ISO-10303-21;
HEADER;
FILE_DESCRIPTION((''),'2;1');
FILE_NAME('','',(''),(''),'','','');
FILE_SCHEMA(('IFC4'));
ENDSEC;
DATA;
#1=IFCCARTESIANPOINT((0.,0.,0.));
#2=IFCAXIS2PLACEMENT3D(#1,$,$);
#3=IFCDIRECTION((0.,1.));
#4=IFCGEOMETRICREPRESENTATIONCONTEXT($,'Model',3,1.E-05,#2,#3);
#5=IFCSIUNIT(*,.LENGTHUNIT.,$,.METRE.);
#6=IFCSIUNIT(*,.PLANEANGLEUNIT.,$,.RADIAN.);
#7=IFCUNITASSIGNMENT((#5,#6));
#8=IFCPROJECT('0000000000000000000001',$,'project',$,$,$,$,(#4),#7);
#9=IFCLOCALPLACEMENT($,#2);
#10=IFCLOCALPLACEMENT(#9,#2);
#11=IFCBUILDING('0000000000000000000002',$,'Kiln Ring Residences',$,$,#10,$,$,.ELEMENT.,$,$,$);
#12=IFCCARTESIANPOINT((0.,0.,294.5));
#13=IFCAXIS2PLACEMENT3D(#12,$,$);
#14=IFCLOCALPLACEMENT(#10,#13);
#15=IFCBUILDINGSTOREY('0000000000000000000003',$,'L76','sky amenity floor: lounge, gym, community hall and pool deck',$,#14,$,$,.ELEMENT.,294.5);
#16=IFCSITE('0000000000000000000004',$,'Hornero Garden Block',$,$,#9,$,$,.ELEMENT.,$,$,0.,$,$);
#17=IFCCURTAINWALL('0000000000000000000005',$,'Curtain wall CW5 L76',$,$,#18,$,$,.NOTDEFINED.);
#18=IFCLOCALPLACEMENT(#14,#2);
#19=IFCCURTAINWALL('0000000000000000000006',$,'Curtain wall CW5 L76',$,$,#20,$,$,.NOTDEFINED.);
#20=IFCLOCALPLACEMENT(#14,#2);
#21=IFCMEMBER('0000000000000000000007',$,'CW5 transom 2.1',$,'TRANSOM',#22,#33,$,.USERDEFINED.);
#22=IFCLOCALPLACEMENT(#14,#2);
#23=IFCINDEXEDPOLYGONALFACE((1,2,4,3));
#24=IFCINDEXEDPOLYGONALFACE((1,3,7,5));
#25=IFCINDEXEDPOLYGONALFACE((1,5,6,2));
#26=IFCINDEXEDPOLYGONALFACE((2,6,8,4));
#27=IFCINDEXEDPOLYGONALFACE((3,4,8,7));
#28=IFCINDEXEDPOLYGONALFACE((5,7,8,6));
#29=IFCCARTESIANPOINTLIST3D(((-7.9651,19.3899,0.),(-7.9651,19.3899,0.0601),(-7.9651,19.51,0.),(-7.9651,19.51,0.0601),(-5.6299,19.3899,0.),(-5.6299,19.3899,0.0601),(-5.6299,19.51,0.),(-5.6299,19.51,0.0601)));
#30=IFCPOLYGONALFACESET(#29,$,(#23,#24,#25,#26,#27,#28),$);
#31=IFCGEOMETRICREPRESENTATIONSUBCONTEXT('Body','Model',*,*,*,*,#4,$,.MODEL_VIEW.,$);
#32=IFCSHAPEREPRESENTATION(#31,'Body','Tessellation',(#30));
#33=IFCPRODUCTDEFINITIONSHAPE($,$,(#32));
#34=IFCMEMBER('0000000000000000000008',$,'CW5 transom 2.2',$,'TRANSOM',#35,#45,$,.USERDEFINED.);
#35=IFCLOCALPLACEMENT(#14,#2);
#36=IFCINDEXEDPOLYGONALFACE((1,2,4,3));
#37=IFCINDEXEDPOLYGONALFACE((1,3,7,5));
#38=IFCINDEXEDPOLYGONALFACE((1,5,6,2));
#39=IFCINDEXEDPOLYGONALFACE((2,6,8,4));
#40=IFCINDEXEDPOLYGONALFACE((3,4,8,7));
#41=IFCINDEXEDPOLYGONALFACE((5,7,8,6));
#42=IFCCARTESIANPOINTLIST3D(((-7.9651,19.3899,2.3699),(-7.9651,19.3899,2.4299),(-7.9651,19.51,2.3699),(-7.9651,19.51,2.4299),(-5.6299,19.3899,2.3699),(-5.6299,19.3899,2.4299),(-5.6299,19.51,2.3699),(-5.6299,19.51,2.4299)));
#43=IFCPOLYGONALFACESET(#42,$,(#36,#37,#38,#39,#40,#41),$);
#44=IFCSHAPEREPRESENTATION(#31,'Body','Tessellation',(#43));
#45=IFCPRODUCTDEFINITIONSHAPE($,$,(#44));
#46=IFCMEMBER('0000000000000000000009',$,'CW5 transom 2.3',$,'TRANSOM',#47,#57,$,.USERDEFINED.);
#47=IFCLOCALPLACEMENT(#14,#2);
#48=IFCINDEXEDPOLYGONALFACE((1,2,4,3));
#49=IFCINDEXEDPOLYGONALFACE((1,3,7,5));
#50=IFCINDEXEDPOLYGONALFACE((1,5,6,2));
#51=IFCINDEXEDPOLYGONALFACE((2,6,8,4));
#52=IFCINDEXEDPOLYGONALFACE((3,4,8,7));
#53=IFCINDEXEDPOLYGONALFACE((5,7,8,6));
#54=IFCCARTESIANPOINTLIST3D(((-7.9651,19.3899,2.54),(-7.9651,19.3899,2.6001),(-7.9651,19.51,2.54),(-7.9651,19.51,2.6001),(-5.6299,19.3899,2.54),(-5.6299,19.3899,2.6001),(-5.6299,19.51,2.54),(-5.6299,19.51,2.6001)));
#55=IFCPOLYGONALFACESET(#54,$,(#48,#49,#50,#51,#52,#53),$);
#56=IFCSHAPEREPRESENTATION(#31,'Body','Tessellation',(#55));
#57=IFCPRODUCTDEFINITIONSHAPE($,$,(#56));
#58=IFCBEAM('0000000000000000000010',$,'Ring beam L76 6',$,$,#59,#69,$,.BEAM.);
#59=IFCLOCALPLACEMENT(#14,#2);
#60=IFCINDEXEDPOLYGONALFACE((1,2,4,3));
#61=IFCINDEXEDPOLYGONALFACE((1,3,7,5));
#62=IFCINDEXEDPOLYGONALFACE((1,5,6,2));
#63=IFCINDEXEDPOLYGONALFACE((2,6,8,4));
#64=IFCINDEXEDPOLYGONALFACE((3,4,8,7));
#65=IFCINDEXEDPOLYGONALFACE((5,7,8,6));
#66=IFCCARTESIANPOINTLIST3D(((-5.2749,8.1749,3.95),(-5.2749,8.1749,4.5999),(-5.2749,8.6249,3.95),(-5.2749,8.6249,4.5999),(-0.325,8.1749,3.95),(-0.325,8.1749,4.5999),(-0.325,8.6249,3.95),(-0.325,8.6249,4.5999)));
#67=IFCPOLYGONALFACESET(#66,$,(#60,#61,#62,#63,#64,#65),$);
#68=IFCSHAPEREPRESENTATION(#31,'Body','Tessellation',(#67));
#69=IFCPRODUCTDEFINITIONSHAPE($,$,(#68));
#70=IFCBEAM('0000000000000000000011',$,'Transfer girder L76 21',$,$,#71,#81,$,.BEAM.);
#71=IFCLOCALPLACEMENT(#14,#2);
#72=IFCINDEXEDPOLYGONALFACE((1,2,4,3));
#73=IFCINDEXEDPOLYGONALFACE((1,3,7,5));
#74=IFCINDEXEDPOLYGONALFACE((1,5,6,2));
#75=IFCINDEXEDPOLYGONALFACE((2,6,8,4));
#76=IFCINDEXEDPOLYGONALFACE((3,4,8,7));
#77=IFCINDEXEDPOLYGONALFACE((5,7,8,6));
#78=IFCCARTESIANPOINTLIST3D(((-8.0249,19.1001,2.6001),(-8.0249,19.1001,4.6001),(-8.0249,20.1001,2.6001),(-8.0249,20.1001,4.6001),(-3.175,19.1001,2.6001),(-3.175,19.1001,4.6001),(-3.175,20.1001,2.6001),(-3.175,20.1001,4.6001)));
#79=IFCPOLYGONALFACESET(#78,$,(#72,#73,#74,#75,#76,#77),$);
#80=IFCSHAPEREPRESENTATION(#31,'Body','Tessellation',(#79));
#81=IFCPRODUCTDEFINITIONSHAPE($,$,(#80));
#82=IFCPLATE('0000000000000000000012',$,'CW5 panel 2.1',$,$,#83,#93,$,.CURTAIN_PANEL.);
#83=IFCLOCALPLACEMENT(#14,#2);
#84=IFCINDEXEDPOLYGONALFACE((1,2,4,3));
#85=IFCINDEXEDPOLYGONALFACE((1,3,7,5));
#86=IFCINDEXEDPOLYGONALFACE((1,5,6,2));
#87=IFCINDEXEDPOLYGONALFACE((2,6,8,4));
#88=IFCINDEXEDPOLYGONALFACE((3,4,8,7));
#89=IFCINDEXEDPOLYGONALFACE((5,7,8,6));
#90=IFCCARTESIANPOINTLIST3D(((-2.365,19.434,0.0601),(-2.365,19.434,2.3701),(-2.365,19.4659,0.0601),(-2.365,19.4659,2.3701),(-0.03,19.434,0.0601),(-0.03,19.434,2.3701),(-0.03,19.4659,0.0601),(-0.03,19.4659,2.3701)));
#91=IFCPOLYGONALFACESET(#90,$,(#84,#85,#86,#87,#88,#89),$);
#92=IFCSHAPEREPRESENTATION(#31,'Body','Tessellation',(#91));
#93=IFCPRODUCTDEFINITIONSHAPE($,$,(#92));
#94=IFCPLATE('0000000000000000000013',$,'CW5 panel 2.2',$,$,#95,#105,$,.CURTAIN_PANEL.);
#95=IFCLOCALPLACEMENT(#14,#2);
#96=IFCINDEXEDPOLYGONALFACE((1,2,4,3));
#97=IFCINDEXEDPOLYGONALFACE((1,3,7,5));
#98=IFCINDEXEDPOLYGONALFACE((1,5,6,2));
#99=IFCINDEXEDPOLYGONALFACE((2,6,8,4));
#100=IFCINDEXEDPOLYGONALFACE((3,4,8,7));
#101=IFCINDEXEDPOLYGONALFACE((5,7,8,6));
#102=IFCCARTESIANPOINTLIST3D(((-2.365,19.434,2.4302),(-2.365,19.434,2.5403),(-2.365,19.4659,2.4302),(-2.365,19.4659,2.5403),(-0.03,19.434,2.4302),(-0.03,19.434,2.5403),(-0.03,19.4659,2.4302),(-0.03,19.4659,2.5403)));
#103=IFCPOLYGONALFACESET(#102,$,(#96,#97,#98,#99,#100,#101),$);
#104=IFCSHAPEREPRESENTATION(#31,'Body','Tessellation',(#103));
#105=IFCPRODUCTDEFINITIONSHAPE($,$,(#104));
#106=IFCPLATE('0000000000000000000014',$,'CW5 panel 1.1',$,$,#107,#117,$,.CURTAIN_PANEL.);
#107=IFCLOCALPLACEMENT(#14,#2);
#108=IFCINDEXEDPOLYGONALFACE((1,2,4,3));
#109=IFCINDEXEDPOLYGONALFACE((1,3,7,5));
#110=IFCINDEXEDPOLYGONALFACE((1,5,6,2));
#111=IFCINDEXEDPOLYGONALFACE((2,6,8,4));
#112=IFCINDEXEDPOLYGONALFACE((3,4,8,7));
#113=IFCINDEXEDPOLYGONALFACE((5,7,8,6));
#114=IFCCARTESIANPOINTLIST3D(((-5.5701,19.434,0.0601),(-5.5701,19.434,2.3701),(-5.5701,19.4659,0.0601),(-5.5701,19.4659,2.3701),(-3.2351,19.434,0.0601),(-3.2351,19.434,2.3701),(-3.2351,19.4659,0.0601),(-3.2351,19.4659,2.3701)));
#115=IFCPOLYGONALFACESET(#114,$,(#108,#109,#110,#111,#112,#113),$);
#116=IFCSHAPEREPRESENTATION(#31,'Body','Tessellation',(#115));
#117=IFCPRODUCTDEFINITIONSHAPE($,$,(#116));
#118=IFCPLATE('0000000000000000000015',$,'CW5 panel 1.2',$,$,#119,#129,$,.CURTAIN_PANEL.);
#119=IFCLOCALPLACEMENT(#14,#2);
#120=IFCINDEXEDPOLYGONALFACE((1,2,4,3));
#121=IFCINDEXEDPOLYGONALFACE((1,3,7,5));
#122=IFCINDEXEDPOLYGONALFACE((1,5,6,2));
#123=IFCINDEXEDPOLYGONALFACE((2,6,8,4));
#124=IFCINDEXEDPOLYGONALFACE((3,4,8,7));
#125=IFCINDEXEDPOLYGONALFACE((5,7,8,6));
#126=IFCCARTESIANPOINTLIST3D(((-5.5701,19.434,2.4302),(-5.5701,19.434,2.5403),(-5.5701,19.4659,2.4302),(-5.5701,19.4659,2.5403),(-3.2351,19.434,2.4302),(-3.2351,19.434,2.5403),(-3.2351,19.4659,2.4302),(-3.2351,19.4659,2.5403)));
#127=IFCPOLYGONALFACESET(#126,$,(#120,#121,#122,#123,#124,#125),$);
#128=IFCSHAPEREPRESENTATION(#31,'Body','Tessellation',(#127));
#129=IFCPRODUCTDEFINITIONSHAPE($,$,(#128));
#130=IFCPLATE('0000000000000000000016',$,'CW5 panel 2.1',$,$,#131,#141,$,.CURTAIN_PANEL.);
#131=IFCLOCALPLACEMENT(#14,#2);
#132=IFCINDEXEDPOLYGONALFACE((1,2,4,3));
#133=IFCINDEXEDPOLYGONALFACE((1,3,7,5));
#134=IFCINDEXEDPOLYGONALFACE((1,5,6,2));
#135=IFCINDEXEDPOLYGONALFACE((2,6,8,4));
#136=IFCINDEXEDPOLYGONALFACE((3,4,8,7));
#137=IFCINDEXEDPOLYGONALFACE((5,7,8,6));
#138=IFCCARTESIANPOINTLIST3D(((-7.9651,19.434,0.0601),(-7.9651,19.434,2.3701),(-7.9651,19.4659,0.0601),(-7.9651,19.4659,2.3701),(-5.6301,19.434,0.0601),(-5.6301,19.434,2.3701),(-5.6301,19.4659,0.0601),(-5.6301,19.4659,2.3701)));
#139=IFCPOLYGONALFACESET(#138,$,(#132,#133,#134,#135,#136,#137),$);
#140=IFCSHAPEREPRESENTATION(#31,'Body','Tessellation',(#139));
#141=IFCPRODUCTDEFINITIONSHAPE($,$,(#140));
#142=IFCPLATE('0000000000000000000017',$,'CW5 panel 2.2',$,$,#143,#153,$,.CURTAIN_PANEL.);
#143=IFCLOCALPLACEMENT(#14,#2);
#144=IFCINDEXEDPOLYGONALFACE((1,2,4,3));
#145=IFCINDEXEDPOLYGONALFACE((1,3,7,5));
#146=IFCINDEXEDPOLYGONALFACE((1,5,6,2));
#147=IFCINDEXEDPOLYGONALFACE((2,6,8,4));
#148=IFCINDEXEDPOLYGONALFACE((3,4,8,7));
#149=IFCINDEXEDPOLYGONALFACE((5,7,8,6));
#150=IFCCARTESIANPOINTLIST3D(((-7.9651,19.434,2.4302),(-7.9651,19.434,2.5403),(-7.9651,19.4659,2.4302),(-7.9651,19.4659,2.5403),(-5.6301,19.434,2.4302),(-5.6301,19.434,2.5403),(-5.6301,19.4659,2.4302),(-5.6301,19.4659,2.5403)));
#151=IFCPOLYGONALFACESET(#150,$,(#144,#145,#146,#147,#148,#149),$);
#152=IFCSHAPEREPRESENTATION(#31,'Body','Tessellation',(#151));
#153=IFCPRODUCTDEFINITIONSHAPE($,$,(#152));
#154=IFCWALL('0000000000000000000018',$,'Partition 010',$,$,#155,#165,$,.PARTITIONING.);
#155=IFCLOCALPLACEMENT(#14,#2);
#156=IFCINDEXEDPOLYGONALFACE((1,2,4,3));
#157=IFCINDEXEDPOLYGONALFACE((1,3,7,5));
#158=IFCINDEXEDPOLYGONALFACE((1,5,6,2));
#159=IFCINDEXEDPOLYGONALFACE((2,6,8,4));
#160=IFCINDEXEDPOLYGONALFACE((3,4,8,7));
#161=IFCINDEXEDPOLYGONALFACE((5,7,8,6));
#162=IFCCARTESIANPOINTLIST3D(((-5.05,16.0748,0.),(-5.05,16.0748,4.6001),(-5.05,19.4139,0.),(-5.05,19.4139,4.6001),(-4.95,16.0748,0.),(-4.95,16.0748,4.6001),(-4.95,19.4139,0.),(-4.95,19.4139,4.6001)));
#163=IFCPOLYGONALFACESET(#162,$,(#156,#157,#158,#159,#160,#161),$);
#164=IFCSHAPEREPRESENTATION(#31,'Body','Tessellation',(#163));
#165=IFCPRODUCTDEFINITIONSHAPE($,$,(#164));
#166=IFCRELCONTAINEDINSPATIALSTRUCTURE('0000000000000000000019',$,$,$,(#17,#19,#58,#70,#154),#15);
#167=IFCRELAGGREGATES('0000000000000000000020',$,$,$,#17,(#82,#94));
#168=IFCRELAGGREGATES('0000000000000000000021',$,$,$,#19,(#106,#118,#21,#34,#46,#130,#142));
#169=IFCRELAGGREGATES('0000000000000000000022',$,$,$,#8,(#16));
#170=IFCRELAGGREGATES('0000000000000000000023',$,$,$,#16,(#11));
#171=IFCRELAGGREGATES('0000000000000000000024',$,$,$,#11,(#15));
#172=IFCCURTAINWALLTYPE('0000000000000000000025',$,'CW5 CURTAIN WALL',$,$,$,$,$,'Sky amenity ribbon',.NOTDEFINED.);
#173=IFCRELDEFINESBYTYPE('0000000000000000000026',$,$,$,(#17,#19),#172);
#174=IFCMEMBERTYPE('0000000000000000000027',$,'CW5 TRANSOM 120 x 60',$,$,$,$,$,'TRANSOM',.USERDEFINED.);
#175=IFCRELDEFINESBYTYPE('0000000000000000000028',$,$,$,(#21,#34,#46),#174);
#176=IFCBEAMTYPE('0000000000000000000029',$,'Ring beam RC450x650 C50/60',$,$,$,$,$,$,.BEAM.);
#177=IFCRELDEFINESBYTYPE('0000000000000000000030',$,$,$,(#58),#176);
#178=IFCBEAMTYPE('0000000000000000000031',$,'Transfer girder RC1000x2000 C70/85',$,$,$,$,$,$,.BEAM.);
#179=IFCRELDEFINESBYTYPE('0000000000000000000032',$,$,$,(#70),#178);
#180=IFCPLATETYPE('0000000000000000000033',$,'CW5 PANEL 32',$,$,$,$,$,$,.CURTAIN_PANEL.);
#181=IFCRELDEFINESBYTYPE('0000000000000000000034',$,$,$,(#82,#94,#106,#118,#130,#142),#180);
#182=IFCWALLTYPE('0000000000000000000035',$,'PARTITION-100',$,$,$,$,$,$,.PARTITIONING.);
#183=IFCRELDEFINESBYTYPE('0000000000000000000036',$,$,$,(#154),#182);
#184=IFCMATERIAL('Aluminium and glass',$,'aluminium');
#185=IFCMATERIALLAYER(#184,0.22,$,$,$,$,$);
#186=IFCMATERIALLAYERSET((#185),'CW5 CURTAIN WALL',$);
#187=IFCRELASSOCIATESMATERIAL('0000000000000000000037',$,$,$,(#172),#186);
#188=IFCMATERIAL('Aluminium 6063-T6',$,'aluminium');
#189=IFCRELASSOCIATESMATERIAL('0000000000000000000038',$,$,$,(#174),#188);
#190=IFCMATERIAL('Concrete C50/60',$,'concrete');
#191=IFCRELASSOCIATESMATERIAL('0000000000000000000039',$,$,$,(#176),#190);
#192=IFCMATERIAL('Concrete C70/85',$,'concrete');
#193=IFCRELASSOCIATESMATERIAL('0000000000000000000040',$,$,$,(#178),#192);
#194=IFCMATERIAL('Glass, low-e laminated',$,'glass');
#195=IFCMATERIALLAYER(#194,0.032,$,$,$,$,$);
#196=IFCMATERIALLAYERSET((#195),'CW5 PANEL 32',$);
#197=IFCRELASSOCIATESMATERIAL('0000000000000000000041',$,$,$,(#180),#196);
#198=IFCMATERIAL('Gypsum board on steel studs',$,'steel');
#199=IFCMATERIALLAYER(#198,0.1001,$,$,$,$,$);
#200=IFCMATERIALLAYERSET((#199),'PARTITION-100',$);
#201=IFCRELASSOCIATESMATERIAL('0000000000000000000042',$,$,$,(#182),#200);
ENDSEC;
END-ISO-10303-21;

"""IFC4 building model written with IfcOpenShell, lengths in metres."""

from ifc_helpers import new_model, si_unit, direction, frame, frame_2d, origin, origin_2d, place, context, subcontext, project, spatial, rectangle, extrude, material, layer, layer_set, material_profile, profile_set, type_object, element, aggregate, save


model = new_model("IFC4")

# Units and contexts
model_context = context("Model", 3, precision=1e-05, world=origin(), true_north=direction((0.0, 1.0)))
body_context = subcontext(model_context, "Body", "Model", "MODEL_VIEW")
ifc_project = project(units=[si_unit("LENGTHUNIT", "METRE"), si_unit("PLANEANGLEUNIT", "RADIAN")], contexts=[model_context])

# Site, building, storey
site_placement = place(None, origin())
site = spatial("IfcSite", under=ifc_project, at=site_placement, Name="Hornero Garden Block", CompositionType="ELEMENT", RefElevation=0.0)
building_placement = place(site_placement, origin())
building = spatial("IfcBuilding", under=site, at=building_placement, Name="Kiln Ring Residences", CompositionType="ELEMENT")
storey_placement = place(building_placement, frame((0.0, 0.0, 294.5)))
storey = spatial("IfcBuildingStorey", under=building, at=storey_placement, Name="L76", Description="sky amenity floor: lounge, gym, community hall and pool deck", CompositionType="ELEMENT", Elevation=294.5)

# Curtain wall
ifc_material_1 = material(Name="Aluminium and glass", Category="aluminium")
ifc_layer_1 = layer(ifc_material_1, 0.22)
ifc_layer_set_1 = layer_set([ifc_layer_1], Name="CW5 CURTAIN WALL")
curtain_wall_type = type_object("IfcCurtainWallType", Name="CW5 CURTAIN WALL", ElementType="Sky amenity ribbon", PredefinedType="NOTDEFINED", material=ifc_layer_set_1)
placement = place(storey_placement, origin())
curtain_wall_1 = element("IfcCurtainWall", 1, at=placement, inside=storey, type_object=curtain_wall_type, Name="Curtain wall CW5 L76", PredefinedType="NOTDEFINED")

# Curtain wall
curtain_wall_2 = element("IfcCurtainWall", 2, at=placement, inside=storey, type_object=curtain_wall_type, Name="Curtain wall CW5 L76", PredefinedType="NOTDEFINED")

# Members
ifc_material_2 = material(Name="Aluminium 6063-T6", Category="aluminium")
ifc_material_profile_1 = material_profile(ifc_material_2, rectangle(XDim=0.1201, YDim=0.0601, at=origin_2d()), Name="AL 120x60")
ifc_profile_set_1 = profile_set([ifc_material_profile_1], Name="Aluminium 6063-T6")
member_type_1 = type_object("IfcMemberType", Name="CW5 TRANSOM 120 x 60", ElementType="TRANSOM", PredefinedType="USERDEFINED", material=ifc_profile_set_1)
member_1_placement = place(storey_placement, frame((-5.6299, 19.45, 0.03), z_axis=(-1.0, 0.0, 0.0), x_axis=(0.0, -1.0, 0.0)))
member_1 = element("IfcMember", 3, at=member_1_placement, type_object=member_type_1, Name="CW5 transom 2.1", ObjectType="TRANSOM", PredefinedType="USERDEFINED", context=body_context, shape_type="SweptSolid", body=[
    extrude(rectangle(XDim=0.1201, YDim=0.0601, at=origin_2d()), origin(), (0.0, 0.0, 1.0), 2.3352),
])
member_2_placement = place(storey_placement, frame((-5.6299, 19.45, 2.3999), z_axis=(-1.0, 0.0, 0.0), x_axis=(0.0, -1.0, 0.0)))
member_2 = element("IfcMember", 4, at=member_2_placement, type_object=member_type_1, Name="CW5 transom 2.2", ObjectType="TRANSOM", PredefinedType="USERDEFINED", context=body_context, shape_type="SweptSolid", body=[
    extrude(rectangle(XDim=0.1201, YDim=0.0601, at=origin_2d()), origin(), (0.0, 0.0, 1.0), 2.3352),
])
member_3_placement = place(storey_placement, frame((-5.6299, 19.45, 2.5701), z_axis=(-1.0, 0.0, 0.0), x_axis=(0.0, -1.0, 0.0)))
member_3 = element("IfcMember", 5, at=member_3_placement, type_object=member_type_1, Name="CW5 transom 2.3", ObjectType="TRANSOM", PredefinedType="USERDEFINED", context=body_context, shape_type="SweptSolid", body=[
    extrude(rectangle(XDim=0.1201, YDim=0.0601, at=origin_2d()), origin(), (0.0, 0.0, 1.0), 2.3352),
])

# Beams
ifc_material_3 = material(Name="Concrete C50/60", Category="concrete")
ifc_material_profile_2 = material_profile(ifc_material_3, rectangle(XDim=0.45, YDim=0.6499, at=origin_2d()), Name="RC450x650")
ifc_profile_set_2 = profile_set([ifc_material_profile_2], Name="Concrete C50/60")
beam_type_1 = type_object("IfcBeamType", Name="Ring beam RC450x650 C50/60", PredefinedType="BEAM", material=ifc_profile_set_2)
beam_1_placement = place(storey_placement, frame((-5.2749, 8.3999, 4.2749), z_axis=(1.0, 0.0, 0.0), x_axis=(0.0, 1.0, 0.0)))
element("IfcBeam", 6, at=beam_1_placement, inside=storey, type_object=beam_type_1, Name="Ring beam L76 6", PredefinedType="BEAM", context=body_context, shape_type="SweptSolid", body=[
    extrude(rectangle(XDim=0.45, YDim=0.6499, at=origin_2d()), origin(), (0.0, 0.0, 1.0), 4.95),
])
ifc_material_4 = material(Name="Concrete C70/85", Category="concrete")
ifc_material_profile_3 = material_profile(ifc_material_4, rectangle(XDim=1.0, YDim=2.0, at=origin_2d()), Name="RC1000x2000")
ifc_profile_set_3 = profile_set([ifc_material_profile_3], Name="Concrete C70/85")
beam_type_2 = type_object("IfcBeamType", Name="Transfer girder RC1000x2000 C70/85", PredefinedType="BEAM", material=ifc_profile_set_3)
beam_2_placement = place(storey_placement, frame((-3.175, 19.6001, 3.6001), z_axis=(-1.0, 0.0, 0.0), x_axis=(0.0, -1.0, 0.0)))
element("IfcBeam", 7, at=beam_2_placement, inside=storey, type_object=beam_type_2, Name="Transfer girder L76 21", PredefinedType="BEAM", context=body_context, shape_type="SweptSolid", body=[
    extrude(rectangle(XDim=1.0, YDim=2.0, at=origin_2d()), origin(), (0.0, 0.0, 1.0), 4.8499),
])

# Plates
ifc_material_5 = material(Name="Glass, low-e laminated", Category="glass")
ifc_layer_2 = layer(ifc_material_5, 0.032)
ifc_layer_set_2 = layer_set([ifc_layer_2], Name="CW5 PANEL 32")
plate_type = type_object("IfcPlateType", Name="CW5 PANEL 32", PredefinedType="CURTAIN_PANEL", material=ifc_layer_set_2)
plate_1_placement = place(storey_placement, frame((-1.1975, 19.45, 0.0601), z_axis=(0.0, 0.0, 1.0), x_axis=(-1.0, 0.0, 0.0)))
plate_1 = element("IfcPlate", 8, at=plate_1_placement, type_object=plate_type, Name="CW5 panel 2.1", PredefinedType="CURTAIN_PANEL", context=body_context, shape_type="SweptSolid", body=[
    extrude(rectangle(XDim=2.335, YDim=0.032, at=origin_2d()), origin(), (0.0, 0.0, 1.0), 2.3101),
])
plate_2_placement = place(storey_placement, frame((-1.1975, 19.45, 2.4302), z_axis=(0.0, 0.0, 1.0), x_axis=(-1.0, 0.0, 0.0)))
plate_2 = element("IfcPlate", 9, at=plate_2_placement, type_object=plate_type, Name="CW5 panel 2.2", PredefinedType="CURTAIN_PANEL", context=body_context, shape_type="SweptSolid", body=[
    extrude(rectangle(XDim=2.335, YDim=0.032, at=origin_2d()), origin(), (0.0, 0.0, 1.0), 0.1101),
])
aggregate(curtain_wall_1, [plate_1, plate_2])
plate_3_placement = place(storey_placement, frame((-4.4026, 19.45, 0.0601), z_axis=(0.0, 0.0, 1.0), x_axis=(-1.0, 0.0, 0.0)))
plate_3 = element("IfcPlate", 10, at=plate_3_placement, type_object=plate_type, Name="CW5 panel 1.1", PredefinedType="CURTAIN_PANEL", context=body_context, shape_type="SweptSolid", body=[
    extrude(rectangle(XDim=2.335, YDim=0.032, at=origin_2d()), origin(), (0.0, 0.0, 1.0), 2.3101),
])
plate_4_placement = place(storey_placement, frame((-4.4026, 19.45, 2.4302), z_axis=(0.0, 0.0, 1.0), x_axis=(-1.0, 0.0, 0.0)))
plate_4 = element("IfcPlate", 11, at=plate_4_placement, type_object=plate_type, Name="CW5 panel 1.2", PredefinedType="CURTAIN_PANEL", context=body_context, shape_type="SweptSolid", body=[
    extrude(rectangle(XDim=2.335, YDim=0.032, at=origin_2d()), origin(), (0.0, 0.0, 1.0), 0.1101),
])
plate_5_placement = place(storey_placement, frame((-6.7976, 19.45, 0.0601), z_axis=(0.0, 0.0, 1.0), x_axis=(-1.0, 0.0, 0.0)))
plate_5 = element("IfcPlate", 12, at=plate_5_placement, type_object=plate_type, Name="CW5 panel 2.1", PredefinedType="CURTAIN_PANEL", context=body_context, shape_type="SweptSolid", body=[
    extrude(rectangle(XDim=2.335, YDim=0.032, at=origin_2d()), origin(), (0.0, 0.0, 1.0), 2.3101),
])
plate_6_placement = place(storey_placement, frame((-6.7976, 19.45, 2.4302), z_axis=(0.0, 0.0, 1.0), x_axis=(-1.0, 0.0, 0.0)))
plate_6 = element("IfcPlate", 13, at=plate_6_placement, type_object=plate_type, Name="CW5 panel 2.2", PredefinedType="CURTAIN_PANEL", context=body_context, shape_type="SweptSolid", body=[
    extrude(rectangle(XDim=2.335, YDim=0.032, at=origin_2d()), origin(), (0.0, 0.0, 1.0), 0.1101),
])
aggregate(curtain_wall_2, [plate_3, plate_4, member_1, member_2, member_3, plate_5, plate_6])

# Wall
ifc_material_6 = material(Name="Gypsum board on steel studs", Category="steel")
ifc_layer_3 = layer(ifc_material_6, 0.1001)
ifc_layer_set_3 = layer_set([ifc_layer_3], Name="PARTITION-100")
wall_type = type_object("IfcWallType", Name="PARTITION-100", PredefinedType="PARTITIONING", material=ifc_layer_set_3)
wall_placement = place(storey_placement, frame((-5.0, 16.075, 0.0), z_axis=(0.0, 0.0, 1.0), x_axis=(0.0, 1.0, 0.0)))
element("IfcWall", 14, at=wall_placement, inside=storey, type_object=wall_type, Name="Partition 010", PredefinedType="PARTITIONING", context=body_context, shape_type="SweptSolid", body=[
    extrude(rectangle(XDim=3.3391, YDim=0.1001, at=frame_2d((1.6694, 0.0))), origin(), (0.0, 0.0, 1.0), 4.6001),
])

save(model, "model.ifc")
